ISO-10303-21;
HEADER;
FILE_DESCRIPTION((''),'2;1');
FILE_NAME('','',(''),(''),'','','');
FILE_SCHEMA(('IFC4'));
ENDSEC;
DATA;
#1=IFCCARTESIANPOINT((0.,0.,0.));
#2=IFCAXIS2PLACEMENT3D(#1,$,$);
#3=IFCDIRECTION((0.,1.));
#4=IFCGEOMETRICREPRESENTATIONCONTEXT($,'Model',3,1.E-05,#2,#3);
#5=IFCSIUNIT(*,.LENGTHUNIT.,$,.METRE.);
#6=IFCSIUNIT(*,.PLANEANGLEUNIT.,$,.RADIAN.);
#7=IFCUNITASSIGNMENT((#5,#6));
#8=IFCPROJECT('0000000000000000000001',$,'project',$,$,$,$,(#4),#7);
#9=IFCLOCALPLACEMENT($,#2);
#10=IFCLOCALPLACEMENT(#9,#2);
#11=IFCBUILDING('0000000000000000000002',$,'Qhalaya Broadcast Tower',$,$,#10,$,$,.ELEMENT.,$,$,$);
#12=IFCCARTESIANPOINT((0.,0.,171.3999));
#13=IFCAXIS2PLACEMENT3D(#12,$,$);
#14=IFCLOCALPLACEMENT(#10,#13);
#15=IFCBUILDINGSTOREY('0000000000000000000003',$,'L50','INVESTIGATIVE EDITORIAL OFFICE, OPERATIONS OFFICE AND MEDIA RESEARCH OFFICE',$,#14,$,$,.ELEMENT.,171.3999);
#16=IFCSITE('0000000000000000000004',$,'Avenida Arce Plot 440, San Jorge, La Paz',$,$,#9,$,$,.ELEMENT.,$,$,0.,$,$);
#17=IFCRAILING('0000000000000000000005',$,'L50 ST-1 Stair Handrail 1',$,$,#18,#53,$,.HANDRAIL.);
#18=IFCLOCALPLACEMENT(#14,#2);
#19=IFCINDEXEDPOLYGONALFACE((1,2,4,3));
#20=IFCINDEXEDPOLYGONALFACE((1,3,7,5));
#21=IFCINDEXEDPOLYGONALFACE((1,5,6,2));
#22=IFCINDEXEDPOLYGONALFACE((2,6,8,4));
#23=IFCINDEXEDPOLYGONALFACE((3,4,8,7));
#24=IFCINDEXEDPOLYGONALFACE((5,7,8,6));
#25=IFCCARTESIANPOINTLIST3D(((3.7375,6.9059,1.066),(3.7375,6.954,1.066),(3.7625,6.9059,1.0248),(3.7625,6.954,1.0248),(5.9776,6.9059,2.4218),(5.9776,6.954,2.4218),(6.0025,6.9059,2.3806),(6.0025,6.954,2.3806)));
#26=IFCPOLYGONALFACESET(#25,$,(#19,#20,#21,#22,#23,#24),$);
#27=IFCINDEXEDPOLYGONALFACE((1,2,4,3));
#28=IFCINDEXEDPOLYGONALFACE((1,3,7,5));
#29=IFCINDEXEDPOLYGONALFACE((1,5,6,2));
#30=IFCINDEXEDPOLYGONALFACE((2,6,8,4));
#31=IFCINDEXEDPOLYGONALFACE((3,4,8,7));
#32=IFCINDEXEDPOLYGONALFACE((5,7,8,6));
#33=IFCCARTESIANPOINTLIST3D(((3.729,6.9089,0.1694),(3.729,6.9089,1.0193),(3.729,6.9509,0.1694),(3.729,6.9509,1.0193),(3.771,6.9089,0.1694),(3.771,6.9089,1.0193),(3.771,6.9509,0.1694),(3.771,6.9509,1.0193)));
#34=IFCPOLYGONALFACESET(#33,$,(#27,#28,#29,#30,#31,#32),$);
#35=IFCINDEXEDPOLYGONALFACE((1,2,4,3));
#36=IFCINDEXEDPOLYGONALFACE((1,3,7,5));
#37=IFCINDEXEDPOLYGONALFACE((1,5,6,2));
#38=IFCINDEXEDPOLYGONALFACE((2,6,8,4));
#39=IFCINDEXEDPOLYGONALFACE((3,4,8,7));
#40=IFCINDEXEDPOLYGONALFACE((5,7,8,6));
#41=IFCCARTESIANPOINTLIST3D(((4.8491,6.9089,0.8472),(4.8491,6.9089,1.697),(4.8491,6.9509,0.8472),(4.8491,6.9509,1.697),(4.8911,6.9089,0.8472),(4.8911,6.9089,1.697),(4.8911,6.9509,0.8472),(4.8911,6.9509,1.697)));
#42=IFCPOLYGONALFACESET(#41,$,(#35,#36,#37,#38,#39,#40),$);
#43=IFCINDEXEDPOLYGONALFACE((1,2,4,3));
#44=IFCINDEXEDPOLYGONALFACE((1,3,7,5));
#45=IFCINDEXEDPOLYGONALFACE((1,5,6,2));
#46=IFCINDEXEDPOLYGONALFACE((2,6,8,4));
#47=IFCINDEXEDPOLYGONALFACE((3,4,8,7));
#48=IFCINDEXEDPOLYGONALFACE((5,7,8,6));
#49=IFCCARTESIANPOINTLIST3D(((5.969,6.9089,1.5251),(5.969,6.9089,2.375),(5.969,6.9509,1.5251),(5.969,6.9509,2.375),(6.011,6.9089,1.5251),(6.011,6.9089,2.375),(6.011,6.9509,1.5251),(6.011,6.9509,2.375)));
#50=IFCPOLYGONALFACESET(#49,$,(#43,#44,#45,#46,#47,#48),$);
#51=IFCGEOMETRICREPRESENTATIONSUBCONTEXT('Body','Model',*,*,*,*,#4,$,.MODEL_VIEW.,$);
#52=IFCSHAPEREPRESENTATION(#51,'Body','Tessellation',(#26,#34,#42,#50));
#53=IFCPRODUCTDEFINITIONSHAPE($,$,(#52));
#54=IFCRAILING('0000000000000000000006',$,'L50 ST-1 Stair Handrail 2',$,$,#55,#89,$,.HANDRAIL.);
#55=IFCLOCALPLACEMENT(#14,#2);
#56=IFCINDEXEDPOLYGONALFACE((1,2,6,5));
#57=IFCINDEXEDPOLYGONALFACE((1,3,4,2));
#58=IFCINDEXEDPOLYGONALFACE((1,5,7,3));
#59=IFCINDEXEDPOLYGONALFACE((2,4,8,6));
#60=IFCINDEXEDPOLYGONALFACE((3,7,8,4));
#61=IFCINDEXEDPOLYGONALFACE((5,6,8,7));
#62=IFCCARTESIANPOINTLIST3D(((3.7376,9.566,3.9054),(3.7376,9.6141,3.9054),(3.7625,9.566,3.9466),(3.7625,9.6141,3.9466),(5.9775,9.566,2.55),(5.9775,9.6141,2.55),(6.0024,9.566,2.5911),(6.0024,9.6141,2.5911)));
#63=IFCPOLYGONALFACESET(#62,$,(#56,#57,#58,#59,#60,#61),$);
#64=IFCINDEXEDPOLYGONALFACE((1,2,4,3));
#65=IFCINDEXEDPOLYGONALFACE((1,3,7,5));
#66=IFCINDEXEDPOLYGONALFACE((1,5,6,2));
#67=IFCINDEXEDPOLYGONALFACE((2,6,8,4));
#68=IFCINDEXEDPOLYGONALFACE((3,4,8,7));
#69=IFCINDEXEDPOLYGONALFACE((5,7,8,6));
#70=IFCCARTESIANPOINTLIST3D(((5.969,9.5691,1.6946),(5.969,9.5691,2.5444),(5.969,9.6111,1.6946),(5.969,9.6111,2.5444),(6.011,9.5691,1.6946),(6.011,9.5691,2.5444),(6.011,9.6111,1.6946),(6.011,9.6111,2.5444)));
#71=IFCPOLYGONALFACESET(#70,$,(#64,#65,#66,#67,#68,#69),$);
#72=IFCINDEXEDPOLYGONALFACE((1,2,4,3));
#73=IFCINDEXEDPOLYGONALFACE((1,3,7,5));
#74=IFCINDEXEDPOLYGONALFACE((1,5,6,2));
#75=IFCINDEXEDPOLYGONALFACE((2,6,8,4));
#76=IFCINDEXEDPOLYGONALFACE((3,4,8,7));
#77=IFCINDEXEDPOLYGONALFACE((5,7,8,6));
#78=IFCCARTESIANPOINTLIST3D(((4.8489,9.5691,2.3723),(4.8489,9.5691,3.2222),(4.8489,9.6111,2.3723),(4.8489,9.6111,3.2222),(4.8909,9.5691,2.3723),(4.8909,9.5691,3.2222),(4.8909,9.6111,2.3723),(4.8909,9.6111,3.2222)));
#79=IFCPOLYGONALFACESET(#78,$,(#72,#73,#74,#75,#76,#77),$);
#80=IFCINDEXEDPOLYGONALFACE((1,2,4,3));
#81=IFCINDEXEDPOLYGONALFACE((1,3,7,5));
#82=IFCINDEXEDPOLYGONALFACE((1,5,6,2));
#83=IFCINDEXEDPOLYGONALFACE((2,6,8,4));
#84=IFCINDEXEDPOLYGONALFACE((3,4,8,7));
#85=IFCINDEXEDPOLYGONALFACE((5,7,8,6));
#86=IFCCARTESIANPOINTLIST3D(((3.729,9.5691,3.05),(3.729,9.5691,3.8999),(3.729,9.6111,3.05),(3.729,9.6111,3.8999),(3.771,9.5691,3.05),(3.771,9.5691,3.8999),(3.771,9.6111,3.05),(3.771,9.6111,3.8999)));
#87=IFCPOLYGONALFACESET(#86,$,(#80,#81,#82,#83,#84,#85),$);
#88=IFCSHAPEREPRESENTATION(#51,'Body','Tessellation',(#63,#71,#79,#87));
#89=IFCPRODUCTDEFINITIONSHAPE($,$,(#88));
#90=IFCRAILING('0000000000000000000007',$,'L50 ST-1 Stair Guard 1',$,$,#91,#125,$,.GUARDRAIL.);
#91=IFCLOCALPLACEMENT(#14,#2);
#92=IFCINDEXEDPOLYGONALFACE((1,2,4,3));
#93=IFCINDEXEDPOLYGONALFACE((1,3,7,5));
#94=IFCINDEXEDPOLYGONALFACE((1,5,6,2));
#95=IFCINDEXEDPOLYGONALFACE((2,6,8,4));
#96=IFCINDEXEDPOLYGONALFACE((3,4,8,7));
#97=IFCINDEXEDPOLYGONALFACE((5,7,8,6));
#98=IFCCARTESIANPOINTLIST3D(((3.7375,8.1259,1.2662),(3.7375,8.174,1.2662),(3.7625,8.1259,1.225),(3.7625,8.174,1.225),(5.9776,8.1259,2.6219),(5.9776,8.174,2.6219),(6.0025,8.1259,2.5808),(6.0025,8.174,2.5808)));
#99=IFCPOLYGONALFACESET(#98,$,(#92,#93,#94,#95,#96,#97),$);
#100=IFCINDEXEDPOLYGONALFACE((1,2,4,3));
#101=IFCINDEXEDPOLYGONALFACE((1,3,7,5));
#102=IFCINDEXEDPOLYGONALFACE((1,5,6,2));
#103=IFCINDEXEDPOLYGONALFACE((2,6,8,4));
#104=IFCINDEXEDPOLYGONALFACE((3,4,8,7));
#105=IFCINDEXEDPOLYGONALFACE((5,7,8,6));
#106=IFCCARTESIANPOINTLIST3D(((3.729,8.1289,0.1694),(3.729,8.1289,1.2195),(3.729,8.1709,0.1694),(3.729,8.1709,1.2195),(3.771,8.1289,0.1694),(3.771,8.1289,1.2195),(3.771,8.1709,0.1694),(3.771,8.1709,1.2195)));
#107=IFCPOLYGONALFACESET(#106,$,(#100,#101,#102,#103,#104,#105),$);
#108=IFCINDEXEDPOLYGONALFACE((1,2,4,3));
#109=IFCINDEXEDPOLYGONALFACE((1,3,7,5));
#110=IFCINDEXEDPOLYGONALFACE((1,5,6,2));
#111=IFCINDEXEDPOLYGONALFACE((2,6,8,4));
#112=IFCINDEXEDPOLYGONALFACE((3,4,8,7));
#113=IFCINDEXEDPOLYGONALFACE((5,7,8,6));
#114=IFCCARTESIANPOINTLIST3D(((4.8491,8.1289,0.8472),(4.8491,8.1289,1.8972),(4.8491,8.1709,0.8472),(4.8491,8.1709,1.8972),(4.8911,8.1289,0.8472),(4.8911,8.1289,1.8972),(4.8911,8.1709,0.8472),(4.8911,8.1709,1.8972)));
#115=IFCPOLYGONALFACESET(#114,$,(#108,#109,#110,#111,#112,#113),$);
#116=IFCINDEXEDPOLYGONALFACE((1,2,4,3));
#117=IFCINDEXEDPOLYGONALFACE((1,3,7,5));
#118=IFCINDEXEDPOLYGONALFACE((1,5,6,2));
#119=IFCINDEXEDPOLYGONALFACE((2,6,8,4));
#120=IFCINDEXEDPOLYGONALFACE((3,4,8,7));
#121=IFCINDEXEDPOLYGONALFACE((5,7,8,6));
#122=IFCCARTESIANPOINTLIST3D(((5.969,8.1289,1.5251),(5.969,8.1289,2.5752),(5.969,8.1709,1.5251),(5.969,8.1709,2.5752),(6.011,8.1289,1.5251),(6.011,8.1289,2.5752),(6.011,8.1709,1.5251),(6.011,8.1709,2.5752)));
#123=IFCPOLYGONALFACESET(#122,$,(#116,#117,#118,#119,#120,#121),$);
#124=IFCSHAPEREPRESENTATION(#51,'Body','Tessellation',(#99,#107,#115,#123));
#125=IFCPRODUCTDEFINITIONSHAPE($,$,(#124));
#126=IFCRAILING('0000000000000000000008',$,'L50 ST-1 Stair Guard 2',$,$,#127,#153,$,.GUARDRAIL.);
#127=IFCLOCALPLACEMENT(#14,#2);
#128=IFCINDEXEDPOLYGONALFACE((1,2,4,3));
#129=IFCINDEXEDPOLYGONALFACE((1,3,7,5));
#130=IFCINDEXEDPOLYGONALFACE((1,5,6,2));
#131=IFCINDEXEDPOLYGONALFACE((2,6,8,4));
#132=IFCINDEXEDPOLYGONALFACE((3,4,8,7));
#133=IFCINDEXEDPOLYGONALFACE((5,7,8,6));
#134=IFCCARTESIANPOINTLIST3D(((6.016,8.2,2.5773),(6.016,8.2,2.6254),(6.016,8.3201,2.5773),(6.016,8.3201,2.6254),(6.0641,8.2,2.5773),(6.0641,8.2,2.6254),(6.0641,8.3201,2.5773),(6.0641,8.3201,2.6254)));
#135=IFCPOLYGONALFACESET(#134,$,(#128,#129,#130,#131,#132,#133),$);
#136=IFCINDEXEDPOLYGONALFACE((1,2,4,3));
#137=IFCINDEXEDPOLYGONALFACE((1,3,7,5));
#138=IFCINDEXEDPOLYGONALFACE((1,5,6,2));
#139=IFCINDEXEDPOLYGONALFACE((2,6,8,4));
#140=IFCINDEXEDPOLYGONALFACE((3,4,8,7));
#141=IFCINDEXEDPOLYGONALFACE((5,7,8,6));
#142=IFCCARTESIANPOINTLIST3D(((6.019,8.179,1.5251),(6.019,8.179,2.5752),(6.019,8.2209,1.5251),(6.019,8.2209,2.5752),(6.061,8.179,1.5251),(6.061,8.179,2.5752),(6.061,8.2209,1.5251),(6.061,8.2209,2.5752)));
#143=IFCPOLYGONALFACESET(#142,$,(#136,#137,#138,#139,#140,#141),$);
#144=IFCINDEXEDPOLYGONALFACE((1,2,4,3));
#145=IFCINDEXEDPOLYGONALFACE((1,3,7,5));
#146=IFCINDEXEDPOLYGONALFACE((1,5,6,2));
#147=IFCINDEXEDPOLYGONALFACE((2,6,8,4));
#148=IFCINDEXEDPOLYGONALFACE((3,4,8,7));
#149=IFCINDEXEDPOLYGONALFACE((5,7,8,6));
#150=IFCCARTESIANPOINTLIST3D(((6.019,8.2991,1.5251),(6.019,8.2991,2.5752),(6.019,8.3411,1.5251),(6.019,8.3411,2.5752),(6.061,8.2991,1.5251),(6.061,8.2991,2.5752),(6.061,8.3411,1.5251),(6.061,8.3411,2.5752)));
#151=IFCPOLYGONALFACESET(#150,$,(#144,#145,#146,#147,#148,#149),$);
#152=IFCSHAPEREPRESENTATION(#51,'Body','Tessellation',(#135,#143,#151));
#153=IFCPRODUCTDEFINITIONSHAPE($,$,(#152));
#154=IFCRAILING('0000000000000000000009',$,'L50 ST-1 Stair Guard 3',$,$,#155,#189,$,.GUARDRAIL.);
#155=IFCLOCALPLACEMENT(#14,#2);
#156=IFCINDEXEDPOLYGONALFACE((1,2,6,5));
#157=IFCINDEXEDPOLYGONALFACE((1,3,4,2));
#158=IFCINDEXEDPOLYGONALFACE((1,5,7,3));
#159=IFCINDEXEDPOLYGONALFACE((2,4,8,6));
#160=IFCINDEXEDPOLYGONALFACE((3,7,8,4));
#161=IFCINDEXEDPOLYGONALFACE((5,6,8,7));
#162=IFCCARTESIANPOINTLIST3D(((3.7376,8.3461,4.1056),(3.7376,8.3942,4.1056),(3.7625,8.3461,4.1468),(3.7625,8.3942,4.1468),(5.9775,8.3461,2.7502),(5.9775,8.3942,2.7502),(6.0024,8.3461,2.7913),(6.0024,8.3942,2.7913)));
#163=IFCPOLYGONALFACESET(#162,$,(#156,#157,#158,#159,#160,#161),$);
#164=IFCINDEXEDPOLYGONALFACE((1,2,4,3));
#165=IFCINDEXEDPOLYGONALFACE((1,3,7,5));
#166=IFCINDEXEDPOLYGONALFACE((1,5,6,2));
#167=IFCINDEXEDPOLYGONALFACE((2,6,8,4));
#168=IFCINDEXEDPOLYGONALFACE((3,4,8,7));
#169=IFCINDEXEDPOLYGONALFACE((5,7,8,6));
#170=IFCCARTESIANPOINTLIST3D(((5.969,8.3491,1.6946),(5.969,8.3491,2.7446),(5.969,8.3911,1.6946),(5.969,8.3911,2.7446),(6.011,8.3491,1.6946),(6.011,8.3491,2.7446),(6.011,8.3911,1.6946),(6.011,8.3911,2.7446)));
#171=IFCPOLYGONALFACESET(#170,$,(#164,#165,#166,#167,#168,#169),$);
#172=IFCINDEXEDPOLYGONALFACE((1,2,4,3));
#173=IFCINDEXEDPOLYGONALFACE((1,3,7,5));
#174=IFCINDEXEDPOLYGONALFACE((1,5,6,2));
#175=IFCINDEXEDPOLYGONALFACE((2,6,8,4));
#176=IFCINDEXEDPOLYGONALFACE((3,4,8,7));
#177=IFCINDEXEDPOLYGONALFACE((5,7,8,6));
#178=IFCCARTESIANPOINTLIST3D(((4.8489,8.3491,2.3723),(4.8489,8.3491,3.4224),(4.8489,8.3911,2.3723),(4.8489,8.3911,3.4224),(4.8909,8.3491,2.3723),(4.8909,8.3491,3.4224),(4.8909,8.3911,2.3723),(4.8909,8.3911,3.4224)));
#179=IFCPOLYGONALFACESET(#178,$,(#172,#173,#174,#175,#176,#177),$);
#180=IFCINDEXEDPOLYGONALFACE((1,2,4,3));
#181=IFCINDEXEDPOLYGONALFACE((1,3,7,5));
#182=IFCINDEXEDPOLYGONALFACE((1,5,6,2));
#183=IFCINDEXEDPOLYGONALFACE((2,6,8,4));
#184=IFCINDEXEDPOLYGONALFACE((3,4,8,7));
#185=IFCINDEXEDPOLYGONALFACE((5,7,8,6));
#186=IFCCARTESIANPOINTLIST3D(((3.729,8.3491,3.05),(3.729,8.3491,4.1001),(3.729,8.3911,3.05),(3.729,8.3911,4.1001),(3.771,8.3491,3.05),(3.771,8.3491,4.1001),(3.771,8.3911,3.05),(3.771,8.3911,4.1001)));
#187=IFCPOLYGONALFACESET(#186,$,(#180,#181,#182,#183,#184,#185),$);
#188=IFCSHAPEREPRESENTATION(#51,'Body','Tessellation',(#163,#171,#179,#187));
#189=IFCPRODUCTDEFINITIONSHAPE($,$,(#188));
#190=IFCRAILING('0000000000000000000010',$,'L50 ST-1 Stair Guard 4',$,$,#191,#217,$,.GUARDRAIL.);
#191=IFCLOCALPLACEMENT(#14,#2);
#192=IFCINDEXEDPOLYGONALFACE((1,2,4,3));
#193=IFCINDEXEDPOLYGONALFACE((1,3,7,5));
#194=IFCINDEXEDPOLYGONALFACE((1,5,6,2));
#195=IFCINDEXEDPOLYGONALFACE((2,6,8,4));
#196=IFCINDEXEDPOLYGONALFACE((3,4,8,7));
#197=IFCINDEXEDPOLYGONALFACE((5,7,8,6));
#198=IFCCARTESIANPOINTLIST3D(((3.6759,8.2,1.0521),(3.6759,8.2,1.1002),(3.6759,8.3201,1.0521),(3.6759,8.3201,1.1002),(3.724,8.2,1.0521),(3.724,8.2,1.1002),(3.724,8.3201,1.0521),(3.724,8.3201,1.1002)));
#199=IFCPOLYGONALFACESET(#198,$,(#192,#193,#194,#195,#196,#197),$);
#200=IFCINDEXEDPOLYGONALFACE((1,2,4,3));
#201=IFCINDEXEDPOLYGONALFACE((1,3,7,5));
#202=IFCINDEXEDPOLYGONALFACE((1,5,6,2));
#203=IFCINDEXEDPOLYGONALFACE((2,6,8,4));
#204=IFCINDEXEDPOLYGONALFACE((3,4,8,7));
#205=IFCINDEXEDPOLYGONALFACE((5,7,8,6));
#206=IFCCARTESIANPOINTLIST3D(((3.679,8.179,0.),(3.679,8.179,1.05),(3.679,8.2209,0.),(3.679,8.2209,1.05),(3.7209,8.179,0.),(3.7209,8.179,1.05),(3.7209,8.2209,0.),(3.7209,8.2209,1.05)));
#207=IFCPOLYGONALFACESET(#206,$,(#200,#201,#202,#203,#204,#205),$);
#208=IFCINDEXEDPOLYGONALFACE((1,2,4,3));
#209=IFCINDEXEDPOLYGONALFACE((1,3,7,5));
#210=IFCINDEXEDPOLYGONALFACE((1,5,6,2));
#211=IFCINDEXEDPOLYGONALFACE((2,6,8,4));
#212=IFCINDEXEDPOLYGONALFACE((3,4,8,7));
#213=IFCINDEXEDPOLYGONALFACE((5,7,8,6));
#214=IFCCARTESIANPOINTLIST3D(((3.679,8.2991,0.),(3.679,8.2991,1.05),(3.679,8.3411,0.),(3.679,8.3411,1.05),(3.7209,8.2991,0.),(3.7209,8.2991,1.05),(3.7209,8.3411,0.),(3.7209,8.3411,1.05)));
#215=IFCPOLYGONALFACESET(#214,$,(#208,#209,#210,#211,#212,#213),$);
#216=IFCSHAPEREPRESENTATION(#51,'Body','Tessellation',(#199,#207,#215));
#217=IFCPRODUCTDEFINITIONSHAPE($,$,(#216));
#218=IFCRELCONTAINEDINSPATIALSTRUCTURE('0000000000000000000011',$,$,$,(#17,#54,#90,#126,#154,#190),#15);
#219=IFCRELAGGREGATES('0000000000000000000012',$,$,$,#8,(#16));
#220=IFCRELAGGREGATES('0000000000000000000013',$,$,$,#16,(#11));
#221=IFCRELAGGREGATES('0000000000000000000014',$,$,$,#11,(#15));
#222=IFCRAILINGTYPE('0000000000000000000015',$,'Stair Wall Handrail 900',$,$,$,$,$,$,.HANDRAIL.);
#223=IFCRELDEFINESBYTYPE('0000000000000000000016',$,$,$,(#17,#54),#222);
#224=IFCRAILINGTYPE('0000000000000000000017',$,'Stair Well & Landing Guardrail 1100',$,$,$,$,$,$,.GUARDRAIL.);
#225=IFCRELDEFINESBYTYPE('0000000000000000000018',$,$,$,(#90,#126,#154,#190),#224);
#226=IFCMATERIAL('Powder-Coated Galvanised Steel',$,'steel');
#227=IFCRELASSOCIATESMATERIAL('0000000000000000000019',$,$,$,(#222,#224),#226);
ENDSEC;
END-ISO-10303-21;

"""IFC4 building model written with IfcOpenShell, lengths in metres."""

from ifc_helpers import new_model, si_unit, direction, frame, origin, origin_2d, place, context, subcontext, project, spatial, rectangle, extrude, material, type_object, element, save


model = new_model("IFC4")

# Units and contexts
model_context = context("Model", 3, precision=1e-05, world=origin(), true_north=direction((0.0, 1.0)))
body_context = subcontext(model_context, "Body", "Model", "MODEL_VIEW")
ifc_project = project(units=[si_unit("LENGTHUNIT", "METRE"), si_unit("PLANEANGLEUNIT", "RADIAN")], contexts=[model_context])

# Site, building, storey
site_placement = place(None, origin())
site = spatial("IfcSite", under=ifc_project, at=site_placement, Name="Avenida Arce Plot 440, San Jorge, La Paz", CompositionType="ELEMENT", RefElevation=0.0)
building_placement = place(site_placement, origin())
building = spatial("IfcBuilding", under=site, at=building_placement, Name="Qhalaya Broadcast Tower", CompositionType="ELEMENT")
storey_placement = place(building_placement, frame((0.0, 0.0, 171.3999)))
storey = spatial("IfcBuildingStorey", under=building, at=storey_placement, Name="L50", Description="INVESTIGATIVE EDITORIAL OFFICE, OPERATIONS OFFICE AND MEDIA RESEARCH OFFICE", CompositionType="ELEMENT", Elevation=171.3999)

# Railings
ifc_material_1 = material(Name="Powder-Coated Galvanised Steel", Category="steel")
railing_type_1 = type_object("IfcRailingType", Name="Stair Wall Handrail 900", PredefinedType="HANDRAIL", material=ifc_material_1)
railing_1_placement = place(storey_placement, frame((3.75, 6.9299, 0.1694)))
element("IfcRailing", 1, at=railing_1_placement, inside=storey, type_object=railing_type_1, Name="L50 ST-1 Stair Handrail 1", PredefinedType="HANDRAIL", context=body_context, shape_type="SweptSolid", body=[
    extrude(rectangle(XDim=0.0481, YDim=0.0481, at=origin_2d()), frame((0.0, 0.0, 0.876), z_axis=(0.855512, 0.0, 0.517783), x_axis=(0.0, 1.0, 0.0)), (0.0, 0.0, 1.0), 2.6184),
    extrude(rectangle(XDim=0.042, YDim=0.042, at=origin_2d()), origin(), (0.0, 0.0, 1.0), 0.8499),
    extrude(rectangle(XDim=0.042, YDim=0.042, at=origin_2d()), frame((1.1201, 0.0, 0.6777)), (0.0, 0.0, 1.0), 0.8499),
    extrude(rectangle(XDim=0.042, YDim=0.042, at=origin_2d()), frame((2.24, 0.0, 1.3557)), (0.0, 0.0, 1.0), 0.8499),
])
railing_2_placement = place(storey_placement, frame((5.99, 9.5901, 1.6946)))
element("IfcRailing", 2, at=railing_2_placement, inside=storey, type_object=railing_type_1, Name="L50 ST-1 Stair Handrail 2", PredefinedType="HANDRAIL", context=body_context, shape_type="SweptSolid", body=[
    extrude(rectangle(XDim=0.0481, YDim=0.0481, at=origin_2d()), frame((0.0, 0.0, 0.876), z_axis=(-0.855553, 0.0, 0.517715), x_axis=(0.0, -1.0, 0.0)), (0.0, 0.0, 1.0), 2.6182),
    extrude(rectangle(XDim=0.042, YDim=0.042, at=origin_2d()), origin(), (0.0, 0.0, 1.0), 0.8499),
    extrude(rectangle(XDim=0.042, YDim=0.042, at=origin_2d()), frame((-1.1201, 0.0, 0.6777)), (0.0, 0.0, 1.0), 0.8499),
    extrude(rectangle(XDim=0.042, YDim=0.042, at=origin_2d()), frame((-2.24, 0.0, 1.3555)), (0.0, 0.0, 1.0), 0.8499),
])
railing_type_2 = type_object("IfcRailingType", Name="Stair Well & Landing Guardrail 1100", PredefinedType="GUARDRAIL", material=ifc_material_1)
railing_3_placement = place(storey_placement, frame((3.75, 8.1499, 0.1694)))
element("IfcRailing", 3, at=railing_3_placement, inside=storey, type_object=railing_type_2, Name="L50 ST-1 Stair Guard 1", PredefinedType="GUARDRAIL", context=body_context, shape_type="SweptSolid", body=[
    extrude(rectangle(XDim=0.0481, YDim=0.0481, at=origin_2d()), frame((0.0, 0.0, 1.0762), z_axis=(0.855512, 0.0, 0.517783), x_axis=(0.0, 1.0, 0.0)), (0.0, 0.0, 1.0), 2.6184),
    extrude(rectangle(XDim=0.042, YDim=0.042, at=origin_2d()), origin(), (0.0, 0.0, 1.0), 1.05),
    extrude(rectangle(XDim=0.042, YDim=0.042, at=origin_2d()), frame((1.1201, 0.0, 0.6777)), (0.0, 0.0, 1.0), 1.05),
    extrude(rectangle(XDim=0.042, YDim=0.042, at=origin_2d()), frame((2.24, 0.0, 1.3557)), (0.0, 0.0, 1.0), 1.05),
])
railing_4_placement = place(storey_placement, frame((6.04, 8.2, 1.5251)))
element("IfcRailing", 4, at=railing_4_placement, inside=storey, type_object=railing_type_2, Name="L50 ST-1 Stair Guard 2", PredefinedType="GUARDRAIL", context=body_context, shape_type="SweptSolid", body=[
    extrude(rectangle(XDim=0.0481, YDim=0.0481, at=origin_2d()), frame((0.0, 0.0, 1.0762), z_axis=(0.0, 1.0, 0.0), x_axis=(-1.0, 0.0, 0.0)), (0.0, 0.0, 1.0), 0.1201),
    extrude(rectangle(XDim=0.042, YDim=0.042, at=origin_2d()), origin(), (0.0, 0.0, 1.0), 1.05),
    extrude(rectangle(XDim=0.042, YDim=0.042, at=origin_2d()), frame((0.0, 0.1201, 0.0)), (0.0, 0.0, 1.0), 1.05),
])
railing_5_placement = place(storey_placement, frame((5.99, 8.3701, 1.6946)))
element("IfcRailing", 5, at=railing_5_placement, inside=storey, type_object=railing_type_2, Name="L50 ST-1 Stair Guard 3", PredefinedType="GUARDRAIL", context=body_context, shape_type="SweptSolid", body=[
    extrude(rectangle(XDim=0.0481, YDim=0.0481, at=origin_2d()), frame((0.0, 0.0, 1.0762), z_axis=(-0.855553, 0.0, 0.517715), x_axis=(0.0, -1.0, 0.0)), (0.0, 0.0, 1.0), 2.6182),
    extrude(rectangle(XDim=0.042, YDim=0.042, at=origin_2d()), origin(), (0.0, 0.0, 1.0), 1.05),
    extrude(rectangle(XDim=0.042, YDim=0.042, at=origin_2d()), frame((-1.1201, 0.0, 0.6777)), (0.0, 0.0, 1.0), 1.05),
    extrude(rectangle(XDim=0.042, YDim=0.042, at=origin_2d()), frame((-2.24, 0.0, 1.3555)), (0.0, 0.0, 1.0), 1.05),
])
railing_6_placement = place(storey_placement, frame((3.7, 8.2, 0.0)))
element("IfcRailing", 6, at=railing_6_placement, inside=storey, type_object=railing_type_2, Name="L50 ST-1 Stair Guard 4", PredefinedType="GUARDRAIL", context=body_context, shape_type="SweptSolid", body=[
    extrude(rectangle(XDim=0.0481, YDim=0.0481, at=origin_2d()), frame((0.0, 0.0, 1.0762), z_axis=(0.0, 1.0, 0.0), x_axis=(-1.0, 0.0, 0.0)), (0.0, 0.0, 1.0), 0.1201),
    extrude(rectangle(XDim=0.042, YDim=0.042, at=origin_2d()), origin(), (0.0, 0.0, 1.0), 1.05),
    extrude(rectangle(XDim=0.042, YDim=0.042, at=origin_2d()), frame((0.0, 0.1201, 0.0)), (0.0, 0.0, 1.0), 1.05),
])

save(model, "model.ifc")
